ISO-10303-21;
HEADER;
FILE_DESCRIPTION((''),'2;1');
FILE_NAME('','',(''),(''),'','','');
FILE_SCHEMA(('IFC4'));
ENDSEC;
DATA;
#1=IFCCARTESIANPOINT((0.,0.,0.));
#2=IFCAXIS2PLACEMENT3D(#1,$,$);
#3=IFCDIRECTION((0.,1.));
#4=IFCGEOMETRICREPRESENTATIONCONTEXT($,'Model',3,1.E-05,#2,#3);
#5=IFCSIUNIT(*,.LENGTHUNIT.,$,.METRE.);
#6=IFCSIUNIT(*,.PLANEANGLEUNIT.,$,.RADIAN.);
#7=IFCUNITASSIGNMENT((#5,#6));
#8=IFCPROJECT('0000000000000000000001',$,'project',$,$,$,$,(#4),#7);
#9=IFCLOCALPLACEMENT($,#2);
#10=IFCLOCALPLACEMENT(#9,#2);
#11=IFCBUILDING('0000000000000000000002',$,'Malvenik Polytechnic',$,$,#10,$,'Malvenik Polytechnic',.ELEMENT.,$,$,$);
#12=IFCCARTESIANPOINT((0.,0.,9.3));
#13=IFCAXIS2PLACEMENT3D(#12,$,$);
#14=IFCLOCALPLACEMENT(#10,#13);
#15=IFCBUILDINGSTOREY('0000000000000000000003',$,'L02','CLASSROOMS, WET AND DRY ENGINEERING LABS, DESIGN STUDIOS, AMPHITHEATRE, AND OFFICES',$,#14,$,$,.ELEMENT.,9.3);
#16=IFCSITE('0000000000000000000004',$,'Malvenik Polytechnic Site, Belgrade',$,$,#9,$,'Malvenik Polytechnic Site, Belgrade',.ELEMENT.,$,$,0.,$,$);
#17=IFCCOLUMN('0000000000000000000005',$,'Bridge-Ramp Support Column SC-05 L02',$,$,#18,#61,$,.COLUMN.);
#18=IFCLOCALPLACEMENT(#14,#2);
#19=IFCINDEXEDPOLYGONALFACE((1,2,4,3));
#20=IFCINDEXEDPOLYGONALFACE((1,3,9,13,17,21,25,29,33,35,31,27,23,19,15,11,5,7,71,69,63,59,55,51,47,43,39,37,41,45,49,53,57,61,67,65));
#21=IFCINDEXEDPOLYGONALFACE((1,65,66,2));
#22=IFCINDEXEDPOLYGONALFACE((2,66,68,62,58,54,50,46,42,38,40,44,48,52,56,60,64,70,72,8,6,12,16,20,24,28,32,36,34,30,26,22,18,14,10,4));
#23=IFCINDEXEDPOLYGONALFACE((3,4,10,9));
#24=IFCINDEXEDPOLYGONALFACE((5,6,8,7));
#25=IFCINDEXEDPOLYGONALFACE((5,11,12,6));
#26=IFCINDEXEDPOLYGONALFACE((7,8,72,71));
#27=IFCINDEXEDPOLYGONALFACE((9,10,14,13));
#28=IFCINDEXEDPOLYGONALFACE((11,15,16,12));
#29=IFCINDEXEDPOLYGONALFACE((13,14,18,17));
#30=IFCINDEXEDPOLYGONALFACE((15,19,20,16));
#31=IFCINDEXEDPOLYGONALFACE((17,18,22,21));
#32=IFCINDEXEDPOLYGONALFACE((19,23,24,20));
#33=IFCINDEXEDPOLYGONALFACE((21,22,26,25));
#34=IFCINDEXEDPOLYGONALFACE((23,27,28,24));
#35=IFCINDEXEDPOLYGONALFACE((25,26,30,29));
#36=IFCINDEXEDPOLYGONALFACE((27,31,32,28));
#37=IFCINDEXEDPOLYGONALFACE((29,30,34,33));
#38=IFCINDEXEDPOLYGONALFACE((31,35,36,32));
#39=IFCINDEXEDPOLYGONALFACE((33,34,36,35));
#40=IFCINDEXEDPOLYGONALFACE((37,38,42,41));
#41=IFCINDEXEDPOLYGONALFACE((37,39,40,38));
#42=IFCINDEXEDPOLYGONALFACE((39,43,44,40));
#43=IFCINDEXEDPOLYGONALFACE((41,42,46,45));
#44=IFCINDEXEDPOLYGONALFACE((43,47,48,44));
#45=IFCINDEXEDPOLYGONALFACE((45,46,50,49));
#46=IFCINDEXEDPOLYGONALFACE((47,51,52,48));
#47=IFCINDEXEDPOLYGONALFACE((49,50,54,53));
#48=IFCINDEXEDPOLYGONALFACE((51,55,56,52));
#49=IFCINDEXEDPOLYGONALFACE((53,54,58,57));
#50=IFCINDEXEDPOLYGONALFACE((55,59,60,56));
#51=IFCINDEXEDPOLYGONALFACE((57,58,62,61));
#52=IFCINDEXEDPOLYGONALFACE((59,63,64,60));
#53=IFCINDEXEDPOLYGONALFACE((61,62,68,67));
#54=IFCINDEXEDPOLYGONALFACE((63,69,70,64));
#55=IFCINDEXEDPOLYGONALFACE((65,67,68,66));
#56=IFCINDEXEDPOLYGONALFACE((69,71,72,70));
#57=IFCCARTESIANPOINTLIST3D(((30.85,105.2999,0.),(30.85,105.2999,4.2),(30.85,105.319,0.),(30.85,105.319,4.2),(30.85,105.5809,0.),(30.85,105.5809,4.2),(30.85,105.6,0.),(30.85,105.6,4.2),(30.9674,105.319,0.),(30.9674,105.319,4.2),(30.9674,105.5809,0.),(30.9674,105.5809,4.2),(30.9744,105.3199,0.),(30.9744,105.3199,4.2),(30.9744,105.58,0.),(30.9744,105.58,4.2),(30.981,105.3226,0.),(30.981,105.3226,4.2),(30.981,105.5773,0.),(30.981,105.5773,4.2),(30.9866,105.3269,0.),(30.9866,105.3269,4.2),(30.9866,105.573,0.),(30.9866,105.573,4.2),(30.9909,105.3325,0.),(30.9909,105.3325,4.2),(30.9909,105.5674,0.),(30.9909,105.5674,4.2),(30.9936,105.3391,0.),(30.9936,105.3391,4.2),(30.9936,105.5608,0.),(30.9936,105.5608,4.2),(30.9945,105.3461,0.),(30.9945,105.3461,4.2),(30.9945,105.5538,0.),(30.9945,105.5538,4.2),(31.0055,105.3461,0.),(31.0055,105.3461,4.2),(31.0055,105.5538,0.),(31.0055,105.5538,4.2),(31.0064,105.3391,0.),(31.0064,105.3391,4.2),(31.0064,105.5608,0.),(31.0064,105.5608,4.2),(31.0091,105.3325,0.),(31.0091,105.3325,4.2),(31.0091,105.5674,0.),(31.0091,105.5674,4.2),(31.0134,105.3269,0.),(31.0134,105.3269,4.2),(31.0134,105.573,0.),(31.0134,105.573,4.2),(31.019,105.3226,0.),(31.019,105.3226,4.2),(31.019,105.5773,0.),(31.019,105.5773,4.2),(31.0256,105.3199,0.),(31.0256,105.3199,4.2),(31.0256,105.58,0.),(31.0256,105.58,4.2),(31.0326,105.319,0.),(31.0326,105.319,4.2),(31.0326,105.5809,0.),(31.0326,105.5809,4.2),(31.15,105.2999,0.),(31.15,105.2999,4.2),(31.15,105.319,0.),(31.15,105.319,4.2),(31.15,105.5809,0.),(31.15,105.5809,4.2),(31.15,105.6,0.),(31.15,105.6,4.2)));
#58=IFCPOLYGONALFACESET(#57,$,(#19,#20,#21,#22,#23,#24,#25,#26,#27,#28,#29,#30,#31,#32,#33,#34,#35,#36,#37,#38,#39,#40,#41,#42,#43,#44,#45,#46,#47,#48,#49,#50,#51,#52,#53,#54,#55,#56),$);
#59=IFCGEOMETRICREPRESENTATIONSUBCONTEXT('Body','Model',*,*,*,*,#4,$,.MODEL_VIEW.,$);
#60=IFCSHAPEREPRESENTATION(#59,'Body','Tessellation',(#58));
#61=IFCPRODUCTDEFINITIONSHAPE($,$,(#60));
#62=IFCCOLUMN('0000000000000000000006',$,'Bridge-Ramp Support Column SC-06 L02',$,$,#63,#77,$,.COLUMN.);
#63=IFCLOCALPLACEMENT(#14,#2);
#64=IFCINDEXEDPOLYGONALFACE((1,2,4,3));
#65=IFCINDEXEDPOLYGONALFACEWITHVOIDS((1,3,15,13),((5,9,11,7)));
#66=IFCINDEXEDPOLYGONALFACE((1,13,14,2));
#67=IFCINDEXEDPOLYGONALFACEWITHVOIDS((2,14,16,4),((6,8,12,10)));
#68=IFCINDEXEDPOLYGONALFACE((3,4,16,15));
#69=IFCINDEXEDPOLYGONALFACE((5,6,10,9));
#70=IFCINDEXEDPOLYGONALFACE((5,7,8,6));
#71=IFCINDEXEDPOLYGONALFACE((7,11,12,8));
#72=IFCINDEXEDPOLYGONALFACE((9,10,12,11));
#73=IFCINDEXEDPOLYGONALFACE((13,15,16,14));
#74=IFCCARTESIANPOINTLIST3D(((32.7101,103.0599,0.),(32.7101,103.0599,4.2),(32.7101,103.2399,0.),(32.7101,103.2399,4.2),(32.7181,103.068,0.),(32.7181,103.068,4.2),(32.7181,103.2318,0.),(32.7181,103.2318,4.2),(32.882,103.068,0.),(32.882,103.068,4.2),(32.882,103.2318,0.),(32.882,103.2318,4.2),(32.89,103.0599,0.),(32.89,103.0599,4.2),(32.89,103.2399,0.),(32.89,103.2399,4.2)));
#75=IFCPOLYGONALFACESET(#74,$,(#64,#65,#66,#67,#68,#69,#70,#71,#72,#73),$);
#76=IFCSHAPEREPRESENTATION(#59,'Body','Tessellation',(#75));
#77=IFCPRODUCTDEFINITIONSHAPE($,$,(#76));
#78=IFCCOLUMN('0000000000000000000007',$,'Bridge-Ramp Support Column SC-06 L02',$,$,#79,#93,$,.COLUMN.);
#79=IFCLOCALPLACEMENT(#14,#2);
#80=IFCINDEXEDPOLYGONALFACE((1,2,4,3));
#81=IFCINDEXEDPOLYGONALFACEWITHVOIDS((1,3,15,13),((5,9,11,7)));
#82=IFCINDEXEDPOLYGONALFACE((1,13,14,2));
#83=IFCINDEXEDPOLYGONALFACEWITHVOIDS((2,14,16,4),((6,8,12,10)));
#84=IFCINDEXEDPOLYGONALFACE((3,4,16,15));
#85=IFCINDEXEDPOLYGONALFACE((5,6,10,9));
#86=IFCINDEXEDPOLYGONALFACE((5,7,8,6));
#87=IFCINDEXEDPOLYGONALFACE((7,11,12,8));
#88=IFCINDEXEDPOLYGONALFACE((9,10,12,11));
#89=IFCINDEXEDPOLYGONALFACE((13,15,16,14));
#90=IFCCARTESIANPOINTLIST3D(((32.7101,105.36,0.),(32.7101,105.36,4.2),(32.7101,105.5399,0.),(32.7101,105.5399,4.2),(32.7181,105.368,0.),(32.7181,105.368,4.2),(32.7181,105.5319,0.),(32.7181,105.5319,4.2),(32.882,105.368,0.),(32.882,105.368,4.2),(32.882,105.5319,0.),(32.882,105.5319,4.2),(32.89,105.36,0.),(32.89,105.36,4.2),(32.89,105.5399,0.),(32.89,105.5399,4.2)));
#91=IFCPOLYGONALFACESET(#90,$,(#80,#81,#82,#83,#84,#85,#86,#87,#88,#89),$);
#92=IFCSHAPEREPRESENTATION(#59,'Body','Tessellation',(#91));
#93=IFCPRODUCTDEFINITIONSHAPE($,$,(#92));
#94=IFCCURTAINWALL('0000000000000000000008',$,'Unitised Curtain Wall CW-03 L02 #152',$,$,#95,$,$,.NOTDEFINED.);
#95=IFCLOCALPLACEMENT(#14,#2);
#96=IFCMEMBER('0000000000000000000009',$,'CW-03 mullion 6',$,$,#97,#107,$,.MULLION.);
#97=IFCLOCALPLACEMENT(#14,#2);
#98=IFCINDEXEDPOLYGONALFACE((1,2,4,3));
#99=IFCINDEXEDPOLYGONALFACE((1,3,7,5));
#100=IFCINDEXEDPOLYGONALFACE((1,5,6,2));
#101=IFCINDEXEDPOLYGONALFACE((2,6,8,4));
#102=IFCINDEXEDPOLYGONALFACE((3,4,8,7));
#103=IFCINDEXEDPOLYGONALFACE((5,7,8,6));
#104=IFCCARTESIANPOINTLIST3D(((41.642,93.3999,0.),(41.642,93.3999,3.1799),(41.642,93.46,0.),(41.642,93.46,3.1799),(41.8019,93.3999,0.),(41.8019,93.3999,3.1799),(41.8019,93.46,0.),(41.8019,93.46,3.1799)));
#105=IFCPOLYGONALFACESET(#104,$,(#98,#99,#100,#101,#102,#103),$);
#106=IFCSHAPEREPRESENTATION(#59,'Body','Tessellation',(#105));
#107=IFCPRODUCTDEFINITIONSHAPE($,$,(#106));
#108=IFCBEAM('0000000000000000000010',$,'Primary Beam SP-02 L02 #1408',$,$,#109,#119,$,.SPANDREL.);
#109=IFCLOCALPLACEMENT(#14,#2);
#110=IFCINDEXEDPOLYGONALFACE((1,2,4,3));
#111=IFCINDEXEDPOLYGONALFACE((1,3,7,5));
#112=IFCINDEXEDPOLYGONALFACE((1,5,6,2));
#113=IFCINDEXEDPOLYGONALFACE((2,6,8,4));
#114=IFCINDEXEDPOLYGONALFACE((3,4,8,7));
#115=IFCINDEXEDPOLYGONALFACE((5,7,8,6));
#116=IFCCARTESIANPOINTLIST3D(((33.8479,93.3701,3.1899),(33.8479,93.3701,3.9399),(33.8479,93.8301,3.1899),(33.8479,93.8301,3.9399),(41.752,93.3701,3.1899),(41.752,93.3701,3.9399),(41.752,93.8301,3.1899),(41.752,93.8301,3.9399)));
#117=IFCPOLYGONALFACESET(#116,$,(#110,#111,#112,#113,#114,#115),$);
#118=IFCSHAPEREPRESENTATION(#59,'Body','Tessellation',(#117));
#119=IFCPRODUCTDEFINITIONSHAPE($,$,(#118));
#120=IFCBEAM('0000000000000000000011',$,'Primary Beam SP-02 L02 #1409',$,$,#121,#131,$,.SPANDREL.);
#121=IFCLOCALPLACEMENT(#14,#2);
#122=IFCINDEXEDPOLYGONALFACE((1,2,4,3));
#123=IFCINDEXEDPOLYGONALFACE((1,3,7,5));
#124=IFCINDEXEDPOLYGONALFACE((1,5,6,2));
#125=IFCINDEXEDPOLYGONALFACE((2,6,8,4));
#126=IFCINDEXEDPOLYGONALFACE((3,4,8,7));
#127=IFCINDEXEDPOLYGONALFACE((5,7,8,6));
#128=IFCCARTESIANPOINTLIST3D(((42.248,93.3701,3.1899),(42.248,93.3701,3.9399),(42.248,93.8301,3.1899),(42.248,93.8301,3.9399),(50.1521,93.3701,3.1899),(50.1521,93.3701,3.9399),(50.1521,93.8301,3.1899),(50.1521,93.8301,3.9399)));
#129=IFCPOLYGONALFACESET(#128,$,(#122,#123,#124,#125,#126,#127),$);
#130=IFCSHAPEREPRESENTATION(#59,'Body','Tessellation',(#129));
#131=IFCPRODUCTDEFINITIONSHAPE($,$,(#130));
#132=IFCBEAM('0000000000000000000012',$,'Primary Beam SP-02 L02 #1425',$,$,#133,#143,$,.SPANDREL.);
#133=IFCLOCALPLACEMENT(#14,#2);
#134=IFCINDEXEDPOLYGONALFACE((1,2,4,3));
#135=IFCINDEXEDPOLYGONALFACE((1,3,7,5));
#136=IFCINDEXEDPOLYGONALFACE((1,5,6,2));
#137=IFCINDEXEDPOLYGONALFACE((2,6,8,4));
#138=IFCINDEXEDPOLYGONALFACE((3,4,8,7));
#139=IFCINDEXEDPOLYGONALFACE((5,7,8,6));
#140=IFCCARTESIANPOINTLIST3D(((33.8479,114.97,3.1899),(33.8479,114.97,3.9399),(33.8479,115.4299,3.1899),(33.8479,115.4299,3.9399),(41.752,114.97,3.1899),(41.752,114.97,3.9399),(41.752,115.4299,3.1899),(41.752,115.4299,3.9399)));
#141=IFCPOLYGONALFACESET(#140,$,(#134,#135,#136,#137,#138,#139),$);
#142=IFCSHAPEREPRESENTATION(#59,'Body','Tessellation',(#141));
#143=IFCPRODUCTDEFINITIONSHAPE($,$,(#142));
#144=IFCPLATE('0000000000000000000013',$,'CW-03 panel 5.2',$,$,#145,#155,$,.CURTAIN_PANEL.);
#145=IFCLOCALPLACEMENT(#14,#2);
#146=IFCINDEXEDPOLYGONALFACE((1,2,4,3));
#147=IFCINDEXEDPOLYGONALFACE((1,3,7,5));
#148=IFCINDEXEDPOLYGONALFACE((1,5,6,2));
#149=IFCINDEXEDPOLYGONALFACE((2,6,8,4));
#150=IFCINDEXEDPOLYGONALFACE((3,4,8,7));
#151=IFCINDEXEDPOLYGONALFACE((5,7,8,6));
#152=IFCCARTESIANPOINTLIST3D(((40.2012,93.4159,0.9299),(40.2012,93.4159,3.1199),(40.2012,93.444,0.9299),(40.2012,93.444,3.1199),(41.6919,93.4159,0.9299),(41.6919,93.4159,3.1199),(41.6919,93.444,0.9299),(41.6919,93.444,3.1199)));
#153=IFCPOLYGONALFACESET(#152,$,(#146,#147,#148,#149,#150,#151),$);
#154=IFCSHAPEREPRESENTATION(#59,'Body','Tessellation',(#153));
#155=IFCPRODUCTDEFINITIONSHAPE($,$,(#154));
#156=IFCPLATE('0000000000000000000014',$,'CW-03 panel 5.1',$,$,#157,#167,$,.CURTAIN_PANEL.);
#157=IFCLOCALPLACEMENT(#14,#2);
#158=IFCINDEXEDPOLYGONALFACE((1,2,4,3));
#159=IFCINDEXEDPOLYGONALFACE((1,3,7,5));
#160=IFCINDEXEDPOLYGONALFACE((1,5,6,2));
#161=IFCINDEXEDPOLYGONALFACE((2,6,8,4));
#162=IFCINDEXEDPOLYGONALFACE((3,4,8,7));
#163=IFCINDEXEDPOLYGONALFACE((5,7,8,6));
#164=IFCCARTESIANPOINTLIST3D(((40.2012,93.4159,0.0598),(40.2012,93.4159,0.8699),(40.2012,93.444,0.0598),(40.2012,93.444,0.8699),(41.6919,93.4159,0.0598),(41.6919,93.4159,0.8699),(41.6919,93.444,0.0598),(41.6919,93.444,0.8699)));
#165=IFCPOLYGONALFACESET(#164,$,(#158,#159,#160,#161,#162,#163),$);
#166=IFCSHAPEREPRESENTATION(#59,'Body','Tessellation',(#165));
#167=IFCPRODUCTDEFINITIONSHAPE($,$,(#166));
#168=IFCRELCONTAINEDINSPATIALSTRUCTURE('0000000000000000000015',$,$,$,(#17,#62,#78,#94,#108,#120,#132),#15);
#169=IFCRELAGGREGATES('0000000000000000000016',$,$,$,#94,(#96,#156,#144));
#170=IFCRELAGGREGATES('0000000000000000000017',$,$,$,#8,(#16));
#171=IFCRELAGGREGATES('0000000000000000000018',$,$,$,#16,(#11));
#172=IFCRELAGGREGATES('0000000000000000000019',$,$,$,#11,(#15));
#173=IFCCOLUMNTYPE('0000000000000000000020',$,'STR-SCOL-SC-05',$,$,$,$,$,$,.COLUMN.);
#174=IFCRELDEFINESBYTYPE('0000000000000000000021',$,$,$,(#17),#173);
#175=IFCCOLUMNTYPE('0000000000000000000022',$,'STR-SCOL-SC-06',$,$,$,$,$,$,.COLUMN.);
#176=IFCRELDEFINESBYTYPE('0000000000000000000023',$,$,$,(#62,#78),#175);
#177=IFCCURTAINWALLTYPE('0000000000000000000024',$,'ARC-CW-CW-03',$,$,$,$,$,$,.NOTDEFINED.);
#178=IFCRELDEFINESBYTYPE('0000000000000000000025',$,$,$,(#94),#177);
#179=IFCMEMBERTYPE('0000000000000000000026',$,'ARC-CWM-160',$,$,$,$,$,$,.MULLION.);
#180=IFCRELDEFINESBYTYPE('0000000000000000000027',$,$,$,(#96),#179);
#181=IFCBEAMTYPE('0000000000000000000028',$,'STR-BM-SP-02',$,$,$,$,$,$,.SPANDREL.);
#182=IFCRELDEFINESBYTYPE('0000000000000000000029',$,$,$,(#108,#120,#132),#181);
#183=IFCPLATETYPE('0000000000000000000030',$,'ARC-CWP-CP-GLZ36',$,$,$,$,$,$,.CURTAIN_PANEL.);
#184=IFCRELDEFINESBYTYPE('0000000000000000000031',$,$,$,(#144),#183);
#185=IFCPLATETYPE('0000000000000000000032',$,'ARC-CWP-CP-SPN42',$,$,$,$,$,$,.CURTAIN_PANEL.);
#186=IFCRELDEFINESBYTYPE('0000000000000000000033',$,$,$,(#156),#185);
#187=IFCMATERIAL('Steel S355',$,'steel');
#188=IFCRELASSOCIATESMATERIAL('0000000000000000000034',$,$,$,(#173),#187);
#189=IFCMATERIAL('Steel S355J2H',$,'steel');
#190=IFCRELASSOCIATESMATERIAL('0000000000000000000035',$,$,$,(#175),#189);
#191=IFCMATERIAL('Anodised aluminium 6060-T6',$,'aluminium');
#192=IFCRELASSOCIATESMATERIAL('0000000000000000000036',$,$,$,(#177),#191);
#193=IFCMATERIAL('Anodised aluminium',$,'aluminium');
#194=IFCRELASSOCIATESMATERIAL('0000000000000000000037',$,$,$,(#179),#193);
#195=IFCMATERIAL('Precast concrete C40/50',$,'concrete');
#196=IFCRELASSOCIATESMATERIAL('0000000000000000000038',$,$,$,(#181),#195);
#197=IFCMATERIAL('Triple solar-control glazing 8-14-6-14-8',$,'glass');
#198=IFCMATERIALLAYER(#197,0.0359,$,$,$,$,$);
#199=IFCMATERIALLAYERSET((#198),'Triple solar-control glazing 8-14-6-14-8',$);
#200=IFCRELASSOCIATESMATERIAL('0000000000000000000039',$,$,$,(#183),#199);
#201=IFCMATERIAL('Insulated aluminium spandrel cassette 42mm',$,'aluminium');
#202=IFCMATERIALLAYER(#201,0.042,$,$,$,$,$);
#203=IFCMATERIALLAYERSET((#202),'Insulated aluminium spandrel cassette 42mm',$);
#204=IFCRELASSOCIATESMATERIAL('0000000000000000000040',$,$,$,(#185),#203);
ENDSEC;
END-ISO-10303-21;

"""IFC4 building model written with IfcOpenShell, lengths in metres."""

from ifc_helpers import new_model, si_unit, direction, frame, origin, origin_2d, place, context, subcontext, project, spatial, rectangle, hollow_rectangle, i_section, extrude, material, layer, layer_set, material_profile, profile_set, type_object, element, aggregate, save


model = new_model("IFC4")

# Units and contexts
model_context = context("Model", 3, precision=1e-05, world=origin(), true_north=direction((0.0, 1.0)))
body_context = subcontext(model_context, "Body", "Model", "MODEL_VIEW")
ifc_project = project(units=[si_unit("LENGTHUNIT", "METRE"), si_unit("PLANEANGLEUNIT", "RADIAN")], contexts=[model_context])

# Site, building, storey
site_placement = place(None, origin())
site = spatial("IfcSite", under=ifc_project, at=site_placement, Name="Malvenik Polytechnic Site, Belgrade", LongName="Malvenik Polytechnic Site, Belgrade", CompositionType="ELEMENT", RefElevation=0.0)
building_placement = place(site_placement, origin())
building = spatial("IfcBuilding", under=site, at=building_placement, Name="Malvenik Polytechnic", LongName="Malvenik Polytechnic", CompositionType="ELEMENT")
storey_placement = place(building_placement, frame((0.0, 0.0, 9.3)))
storey = spatial("IfcBuildingStorey", under=building, at=storey_placement, Name="L02", Description="CLASSROOMS, WET AND DRY ENGINEERING LABS, DESIGN STUDIOS, AMPHITHEATRE, AND OFFICES", CompositionType="ELEMENT", Elevation=9.3)

# Columns
ifc_material_1 = material(Name="Steel S355J2H", Category="steel")
ifc_material_2 = material(Name="Steel S355", Category="steel")
ifc_material_profile_1 = material_profile(ifc_material_2, i_section(OverallWidth=0.3, OverallDepth=0.3, WebThickness=0.011, FlangeThickness=0.019, FilletRadius=0.0271, at=origin_2d()), Name="HEB 300")
ifc_profile_set_1 = profile_set([ifc_material_profile_1], Name="Steel S355")
column_type_1 = type_object("IfcColumnType", Name="STR-SCOL-SC-05", PredefinedType="COLUMN", material=ifc_profile_set_1)
for number, where, z_axis, x_axis, name in (
    (1, (31.0, 105.45, 0.0), (0.0, 0.0, 1.0), (1.0, 0.0, 0.0), "Bridge-Ramp Support Column SC-05 L02"),
):
    element("IfcColumn", number, at=place(storey_placement, frame(where, z_axis=z_axis, x_axis=x_axis)), inside=storey, type_object=column_type_1, Name=name, PredefinedType="COLUMN", context=body_context, shape_type="SweptSolid", body=[
        extrude(i_section(OverallWidth=0.3, OverallDepth=0.3, WebThickness=0.011, FlangeThickness=0.019, FilletRadius=0.0271, at=origin_2d()), origin(), (0.0, 0.0, 1.0), 4.2),
    ])
ifc_material_profile_2 = material_profile(ifc_material_1, hollow_rectangle(XDim=0.1799, YDim=0.1799, WallThickness=0.0081, at=origin_2d()), Name="SHS 180x180x8.0")
ifc_profile_set_2 = profile_set([ifc_material_profile_2], Name="Steel S355J2H")
column_type_2 = type_object("IfcColumnType", Name="STR-SCOL-SC-06", PredefinedType="COLUMN", material=ifc_profile_set_2)
for number, where, z_axis, x_axis, name in (
    (2, (32.8, 103.1499, 0.0), (0.0, 0.0, 1.0), (1.0, 0.0, 0.0), "Bridge-Ramp Support Column SC-06 L02"),
    (3, (32.8, 105.45, 0.0), (0.0, 0.0, 1.0), (1.0, 0.0, 0.0), "Bridge-Ramp Support Column SC-06 L02"),
):
    element("IfcColumn", number, at=place(storey_placement, frame(where, z_axis=z_axis, x_axis=x_axis)), inside=storey, type_object=column_type_2, Name=name, PredefinedType="COLUMN", context=body_context, shape_type="SweptSolid", body=[
        extrude(hollow_rectangle(XDim=0.1799, YDim=0.1799, WallThickness=0.0081, at=origin_2d()), origin(), (0.0, 0.0, 1.0), 4.2),
    ])

# Curtain wall, member
ifc_material_3 = material(Name="Anodised aluminium 6060-T6", Category="aluminium")
curtain_wall_type = type_object("IfcCurtainWallType", Name="ARC-CW-CW-03", PredefinedType="NOTDEFINED", material=ifc_material_3)
curtain_wall_placement = place(storey_placement, origin())
curtain_wall = element("IfcCurtainWall", 4, at=curtain_wall_placement, inside=storey, type_object=curtain_wall_type, Name="Unitised Curtain Wall CW-03 L02 #152", PredefinedType="NOTDEFINED")
ifc_material_4 = material(Name="Anodised aluminium", Category="aluminium")
ifc_material_profile_3 = material_profile(ifc_material_4, rectangle(XDim=0.0601, YDim=0.1599, at=origin_2d()), Name="ALU MULLION 60x160")
ifc_profile_set_3 = profile_set([ifc_material_profile_3], Name="Anodised aluminium")
member_type = type_object("IfcMemberType", Name="ARC-CWM-160", PredefinedType="MULLION", material=ifc_profile_set_3)
member_placement = place(storey_placement, frame((41.7219, 93.4299, 0.0), z_axis=(0.0, 0.0, 1.0), x_axis=(0.0, 1.0, 0.0)))
member = element("IfcMember", 5, at=member_placement, type_object=member_type, Name="CW-03 mullion 6", PredefinedType="MULLION", context=body_context, shape_type="SweptSolid", body=[
    extrude(rectangle(XDim=0.0601, YDim=0.1599, at=origin_2d()), origin(), (0.0, 0.0, 1.0), 3.1799),
])

# Beams
ifc_material_5 = material(Name="Precast concrete C40/50", Category="concrete")
ifc_material_profile_4 = material_profile(ifc_material_5, rectangle(XDim=0.46, YDim=0.75, at=origin_2d()), Name="PC SPN 460x750")
ifc_profile_set_4 = profile_set([ifc_material_profile_4], Name="Precast concrete C40/50")
beam_type = type_object("IfcBeamType", Name="STR-BM-SP-02", PredefinedType="SPANDREL", material=ifc_profile_set_4)
for number, where, z_axis, x_axis, name in (
    (6, (33.8479, 93.6001, 3.5649), (1.0, 0.0, 0.0), (0.0, 1.0, 0.0), "Primary Beam SP-02 L02 #1408"),
    (7, (42.248, 93.6001, 3.5649), (1.0, 0.0, 0.0), (0.0, 1.0, 0.0), "Primary Beam SP-02 L02 #1409"),
    (8, (33.8479, 115.2, 3.5649), (1.0, 0.0, 0.0), (0.0, 1.0, 0.0), "Primary Beam SP-02 L02 #1425"),
):
    element("IfcBeam", number, at=place(storey_placement, frame(where, z_axis=z_axis, x_axis=x_axis)), inside=storey, type_object=beam_type, Name=name, PredefinedType="SPANDREL", context=body_context, shape_type="SweptSolid", body=[
        extrude(rectangle(XDim=0.46, YDim=0.75, at=origin_2d()), origin(), (0.0, 0.0, 1.0), 7.9041),
    ])

# Plates
ifc_material_6 = material(Name="Triple solar-control glazing 8-14-6-14-8", Category="glass")
ifc_layer_1 = layer(ifc_material_6, 0.0359)
ifc_layer_set_1 = layer_set([ifc_layer_1], Name="Triple solar-control glazing 8-14-6-14-8")
plate_type_1 = type_object("IfcPlateType", Name="ARC-CWP-CP-GLZ36", PredefinedType="CURTAIN_PANEL", material=ifc_layer_set_1)
plate_1_placement = place(storey_placement, frame((40.9465, 93.4299, 0.9299), z_axis=(0.0, 0.0, 1.0), x_axis=(1.0, 0.0, 0.0)))
plate_1 = element("IfcPlate", 9, at=plate_1_placement, type_object=plate_type_1, Name="CW-03 panel 5.2", PredefinedType="CURTAIN_PANEL", context=body_context, shape_type="SweptSolid", body=[
    extrude(rectangle(XDim=1.4907, YDim=0.0281, at=origin_2d()), origin(), (0.0, 0.0, 1.0), 2.1899),
])
ifc_material_7 = material(Name="Insulated aluminium spandrel cassette 42mm", Category="aluminium")
ifc_layer_2 = layer(ifc_material_7, 0.042)
ifc_layer_set_2 = layer_set([ifc_layer_2], Name="Insulated aluminium spandrel cassette 42mm")
plate_type_2 = type_object("IfcPlateType", Name="ARC-CWP-CP-SPN42", PredefinedType="CURTAIN_PANEL", material=ifc_layer_set_2)
plate_2_placement = place(storey_placement, frame((40.9465, 93.4299, 0.0598), z_axis=(0.0, 0.0, 1.0), x_axis=(1.0, 0.0, 0.0)))
plate_2 = element("IfcPlate", 10, at=plate_2_placement, type_object=plate_type_2, Name="CW-03 panel 5.1", PredefinedType="CURTAIN_PANEL", context=body_context, shape_type="SweptSolid", body=[
    extrude(rectangle(XDim=1.4907, YDim=0.0281, at=origin_2d()), origin(), (0.0, 0.0, 1.0), 0.8101),
])
aggregate(curtain_wall, [member, plate_2, plate_1])

save(model, "model.ifc")
